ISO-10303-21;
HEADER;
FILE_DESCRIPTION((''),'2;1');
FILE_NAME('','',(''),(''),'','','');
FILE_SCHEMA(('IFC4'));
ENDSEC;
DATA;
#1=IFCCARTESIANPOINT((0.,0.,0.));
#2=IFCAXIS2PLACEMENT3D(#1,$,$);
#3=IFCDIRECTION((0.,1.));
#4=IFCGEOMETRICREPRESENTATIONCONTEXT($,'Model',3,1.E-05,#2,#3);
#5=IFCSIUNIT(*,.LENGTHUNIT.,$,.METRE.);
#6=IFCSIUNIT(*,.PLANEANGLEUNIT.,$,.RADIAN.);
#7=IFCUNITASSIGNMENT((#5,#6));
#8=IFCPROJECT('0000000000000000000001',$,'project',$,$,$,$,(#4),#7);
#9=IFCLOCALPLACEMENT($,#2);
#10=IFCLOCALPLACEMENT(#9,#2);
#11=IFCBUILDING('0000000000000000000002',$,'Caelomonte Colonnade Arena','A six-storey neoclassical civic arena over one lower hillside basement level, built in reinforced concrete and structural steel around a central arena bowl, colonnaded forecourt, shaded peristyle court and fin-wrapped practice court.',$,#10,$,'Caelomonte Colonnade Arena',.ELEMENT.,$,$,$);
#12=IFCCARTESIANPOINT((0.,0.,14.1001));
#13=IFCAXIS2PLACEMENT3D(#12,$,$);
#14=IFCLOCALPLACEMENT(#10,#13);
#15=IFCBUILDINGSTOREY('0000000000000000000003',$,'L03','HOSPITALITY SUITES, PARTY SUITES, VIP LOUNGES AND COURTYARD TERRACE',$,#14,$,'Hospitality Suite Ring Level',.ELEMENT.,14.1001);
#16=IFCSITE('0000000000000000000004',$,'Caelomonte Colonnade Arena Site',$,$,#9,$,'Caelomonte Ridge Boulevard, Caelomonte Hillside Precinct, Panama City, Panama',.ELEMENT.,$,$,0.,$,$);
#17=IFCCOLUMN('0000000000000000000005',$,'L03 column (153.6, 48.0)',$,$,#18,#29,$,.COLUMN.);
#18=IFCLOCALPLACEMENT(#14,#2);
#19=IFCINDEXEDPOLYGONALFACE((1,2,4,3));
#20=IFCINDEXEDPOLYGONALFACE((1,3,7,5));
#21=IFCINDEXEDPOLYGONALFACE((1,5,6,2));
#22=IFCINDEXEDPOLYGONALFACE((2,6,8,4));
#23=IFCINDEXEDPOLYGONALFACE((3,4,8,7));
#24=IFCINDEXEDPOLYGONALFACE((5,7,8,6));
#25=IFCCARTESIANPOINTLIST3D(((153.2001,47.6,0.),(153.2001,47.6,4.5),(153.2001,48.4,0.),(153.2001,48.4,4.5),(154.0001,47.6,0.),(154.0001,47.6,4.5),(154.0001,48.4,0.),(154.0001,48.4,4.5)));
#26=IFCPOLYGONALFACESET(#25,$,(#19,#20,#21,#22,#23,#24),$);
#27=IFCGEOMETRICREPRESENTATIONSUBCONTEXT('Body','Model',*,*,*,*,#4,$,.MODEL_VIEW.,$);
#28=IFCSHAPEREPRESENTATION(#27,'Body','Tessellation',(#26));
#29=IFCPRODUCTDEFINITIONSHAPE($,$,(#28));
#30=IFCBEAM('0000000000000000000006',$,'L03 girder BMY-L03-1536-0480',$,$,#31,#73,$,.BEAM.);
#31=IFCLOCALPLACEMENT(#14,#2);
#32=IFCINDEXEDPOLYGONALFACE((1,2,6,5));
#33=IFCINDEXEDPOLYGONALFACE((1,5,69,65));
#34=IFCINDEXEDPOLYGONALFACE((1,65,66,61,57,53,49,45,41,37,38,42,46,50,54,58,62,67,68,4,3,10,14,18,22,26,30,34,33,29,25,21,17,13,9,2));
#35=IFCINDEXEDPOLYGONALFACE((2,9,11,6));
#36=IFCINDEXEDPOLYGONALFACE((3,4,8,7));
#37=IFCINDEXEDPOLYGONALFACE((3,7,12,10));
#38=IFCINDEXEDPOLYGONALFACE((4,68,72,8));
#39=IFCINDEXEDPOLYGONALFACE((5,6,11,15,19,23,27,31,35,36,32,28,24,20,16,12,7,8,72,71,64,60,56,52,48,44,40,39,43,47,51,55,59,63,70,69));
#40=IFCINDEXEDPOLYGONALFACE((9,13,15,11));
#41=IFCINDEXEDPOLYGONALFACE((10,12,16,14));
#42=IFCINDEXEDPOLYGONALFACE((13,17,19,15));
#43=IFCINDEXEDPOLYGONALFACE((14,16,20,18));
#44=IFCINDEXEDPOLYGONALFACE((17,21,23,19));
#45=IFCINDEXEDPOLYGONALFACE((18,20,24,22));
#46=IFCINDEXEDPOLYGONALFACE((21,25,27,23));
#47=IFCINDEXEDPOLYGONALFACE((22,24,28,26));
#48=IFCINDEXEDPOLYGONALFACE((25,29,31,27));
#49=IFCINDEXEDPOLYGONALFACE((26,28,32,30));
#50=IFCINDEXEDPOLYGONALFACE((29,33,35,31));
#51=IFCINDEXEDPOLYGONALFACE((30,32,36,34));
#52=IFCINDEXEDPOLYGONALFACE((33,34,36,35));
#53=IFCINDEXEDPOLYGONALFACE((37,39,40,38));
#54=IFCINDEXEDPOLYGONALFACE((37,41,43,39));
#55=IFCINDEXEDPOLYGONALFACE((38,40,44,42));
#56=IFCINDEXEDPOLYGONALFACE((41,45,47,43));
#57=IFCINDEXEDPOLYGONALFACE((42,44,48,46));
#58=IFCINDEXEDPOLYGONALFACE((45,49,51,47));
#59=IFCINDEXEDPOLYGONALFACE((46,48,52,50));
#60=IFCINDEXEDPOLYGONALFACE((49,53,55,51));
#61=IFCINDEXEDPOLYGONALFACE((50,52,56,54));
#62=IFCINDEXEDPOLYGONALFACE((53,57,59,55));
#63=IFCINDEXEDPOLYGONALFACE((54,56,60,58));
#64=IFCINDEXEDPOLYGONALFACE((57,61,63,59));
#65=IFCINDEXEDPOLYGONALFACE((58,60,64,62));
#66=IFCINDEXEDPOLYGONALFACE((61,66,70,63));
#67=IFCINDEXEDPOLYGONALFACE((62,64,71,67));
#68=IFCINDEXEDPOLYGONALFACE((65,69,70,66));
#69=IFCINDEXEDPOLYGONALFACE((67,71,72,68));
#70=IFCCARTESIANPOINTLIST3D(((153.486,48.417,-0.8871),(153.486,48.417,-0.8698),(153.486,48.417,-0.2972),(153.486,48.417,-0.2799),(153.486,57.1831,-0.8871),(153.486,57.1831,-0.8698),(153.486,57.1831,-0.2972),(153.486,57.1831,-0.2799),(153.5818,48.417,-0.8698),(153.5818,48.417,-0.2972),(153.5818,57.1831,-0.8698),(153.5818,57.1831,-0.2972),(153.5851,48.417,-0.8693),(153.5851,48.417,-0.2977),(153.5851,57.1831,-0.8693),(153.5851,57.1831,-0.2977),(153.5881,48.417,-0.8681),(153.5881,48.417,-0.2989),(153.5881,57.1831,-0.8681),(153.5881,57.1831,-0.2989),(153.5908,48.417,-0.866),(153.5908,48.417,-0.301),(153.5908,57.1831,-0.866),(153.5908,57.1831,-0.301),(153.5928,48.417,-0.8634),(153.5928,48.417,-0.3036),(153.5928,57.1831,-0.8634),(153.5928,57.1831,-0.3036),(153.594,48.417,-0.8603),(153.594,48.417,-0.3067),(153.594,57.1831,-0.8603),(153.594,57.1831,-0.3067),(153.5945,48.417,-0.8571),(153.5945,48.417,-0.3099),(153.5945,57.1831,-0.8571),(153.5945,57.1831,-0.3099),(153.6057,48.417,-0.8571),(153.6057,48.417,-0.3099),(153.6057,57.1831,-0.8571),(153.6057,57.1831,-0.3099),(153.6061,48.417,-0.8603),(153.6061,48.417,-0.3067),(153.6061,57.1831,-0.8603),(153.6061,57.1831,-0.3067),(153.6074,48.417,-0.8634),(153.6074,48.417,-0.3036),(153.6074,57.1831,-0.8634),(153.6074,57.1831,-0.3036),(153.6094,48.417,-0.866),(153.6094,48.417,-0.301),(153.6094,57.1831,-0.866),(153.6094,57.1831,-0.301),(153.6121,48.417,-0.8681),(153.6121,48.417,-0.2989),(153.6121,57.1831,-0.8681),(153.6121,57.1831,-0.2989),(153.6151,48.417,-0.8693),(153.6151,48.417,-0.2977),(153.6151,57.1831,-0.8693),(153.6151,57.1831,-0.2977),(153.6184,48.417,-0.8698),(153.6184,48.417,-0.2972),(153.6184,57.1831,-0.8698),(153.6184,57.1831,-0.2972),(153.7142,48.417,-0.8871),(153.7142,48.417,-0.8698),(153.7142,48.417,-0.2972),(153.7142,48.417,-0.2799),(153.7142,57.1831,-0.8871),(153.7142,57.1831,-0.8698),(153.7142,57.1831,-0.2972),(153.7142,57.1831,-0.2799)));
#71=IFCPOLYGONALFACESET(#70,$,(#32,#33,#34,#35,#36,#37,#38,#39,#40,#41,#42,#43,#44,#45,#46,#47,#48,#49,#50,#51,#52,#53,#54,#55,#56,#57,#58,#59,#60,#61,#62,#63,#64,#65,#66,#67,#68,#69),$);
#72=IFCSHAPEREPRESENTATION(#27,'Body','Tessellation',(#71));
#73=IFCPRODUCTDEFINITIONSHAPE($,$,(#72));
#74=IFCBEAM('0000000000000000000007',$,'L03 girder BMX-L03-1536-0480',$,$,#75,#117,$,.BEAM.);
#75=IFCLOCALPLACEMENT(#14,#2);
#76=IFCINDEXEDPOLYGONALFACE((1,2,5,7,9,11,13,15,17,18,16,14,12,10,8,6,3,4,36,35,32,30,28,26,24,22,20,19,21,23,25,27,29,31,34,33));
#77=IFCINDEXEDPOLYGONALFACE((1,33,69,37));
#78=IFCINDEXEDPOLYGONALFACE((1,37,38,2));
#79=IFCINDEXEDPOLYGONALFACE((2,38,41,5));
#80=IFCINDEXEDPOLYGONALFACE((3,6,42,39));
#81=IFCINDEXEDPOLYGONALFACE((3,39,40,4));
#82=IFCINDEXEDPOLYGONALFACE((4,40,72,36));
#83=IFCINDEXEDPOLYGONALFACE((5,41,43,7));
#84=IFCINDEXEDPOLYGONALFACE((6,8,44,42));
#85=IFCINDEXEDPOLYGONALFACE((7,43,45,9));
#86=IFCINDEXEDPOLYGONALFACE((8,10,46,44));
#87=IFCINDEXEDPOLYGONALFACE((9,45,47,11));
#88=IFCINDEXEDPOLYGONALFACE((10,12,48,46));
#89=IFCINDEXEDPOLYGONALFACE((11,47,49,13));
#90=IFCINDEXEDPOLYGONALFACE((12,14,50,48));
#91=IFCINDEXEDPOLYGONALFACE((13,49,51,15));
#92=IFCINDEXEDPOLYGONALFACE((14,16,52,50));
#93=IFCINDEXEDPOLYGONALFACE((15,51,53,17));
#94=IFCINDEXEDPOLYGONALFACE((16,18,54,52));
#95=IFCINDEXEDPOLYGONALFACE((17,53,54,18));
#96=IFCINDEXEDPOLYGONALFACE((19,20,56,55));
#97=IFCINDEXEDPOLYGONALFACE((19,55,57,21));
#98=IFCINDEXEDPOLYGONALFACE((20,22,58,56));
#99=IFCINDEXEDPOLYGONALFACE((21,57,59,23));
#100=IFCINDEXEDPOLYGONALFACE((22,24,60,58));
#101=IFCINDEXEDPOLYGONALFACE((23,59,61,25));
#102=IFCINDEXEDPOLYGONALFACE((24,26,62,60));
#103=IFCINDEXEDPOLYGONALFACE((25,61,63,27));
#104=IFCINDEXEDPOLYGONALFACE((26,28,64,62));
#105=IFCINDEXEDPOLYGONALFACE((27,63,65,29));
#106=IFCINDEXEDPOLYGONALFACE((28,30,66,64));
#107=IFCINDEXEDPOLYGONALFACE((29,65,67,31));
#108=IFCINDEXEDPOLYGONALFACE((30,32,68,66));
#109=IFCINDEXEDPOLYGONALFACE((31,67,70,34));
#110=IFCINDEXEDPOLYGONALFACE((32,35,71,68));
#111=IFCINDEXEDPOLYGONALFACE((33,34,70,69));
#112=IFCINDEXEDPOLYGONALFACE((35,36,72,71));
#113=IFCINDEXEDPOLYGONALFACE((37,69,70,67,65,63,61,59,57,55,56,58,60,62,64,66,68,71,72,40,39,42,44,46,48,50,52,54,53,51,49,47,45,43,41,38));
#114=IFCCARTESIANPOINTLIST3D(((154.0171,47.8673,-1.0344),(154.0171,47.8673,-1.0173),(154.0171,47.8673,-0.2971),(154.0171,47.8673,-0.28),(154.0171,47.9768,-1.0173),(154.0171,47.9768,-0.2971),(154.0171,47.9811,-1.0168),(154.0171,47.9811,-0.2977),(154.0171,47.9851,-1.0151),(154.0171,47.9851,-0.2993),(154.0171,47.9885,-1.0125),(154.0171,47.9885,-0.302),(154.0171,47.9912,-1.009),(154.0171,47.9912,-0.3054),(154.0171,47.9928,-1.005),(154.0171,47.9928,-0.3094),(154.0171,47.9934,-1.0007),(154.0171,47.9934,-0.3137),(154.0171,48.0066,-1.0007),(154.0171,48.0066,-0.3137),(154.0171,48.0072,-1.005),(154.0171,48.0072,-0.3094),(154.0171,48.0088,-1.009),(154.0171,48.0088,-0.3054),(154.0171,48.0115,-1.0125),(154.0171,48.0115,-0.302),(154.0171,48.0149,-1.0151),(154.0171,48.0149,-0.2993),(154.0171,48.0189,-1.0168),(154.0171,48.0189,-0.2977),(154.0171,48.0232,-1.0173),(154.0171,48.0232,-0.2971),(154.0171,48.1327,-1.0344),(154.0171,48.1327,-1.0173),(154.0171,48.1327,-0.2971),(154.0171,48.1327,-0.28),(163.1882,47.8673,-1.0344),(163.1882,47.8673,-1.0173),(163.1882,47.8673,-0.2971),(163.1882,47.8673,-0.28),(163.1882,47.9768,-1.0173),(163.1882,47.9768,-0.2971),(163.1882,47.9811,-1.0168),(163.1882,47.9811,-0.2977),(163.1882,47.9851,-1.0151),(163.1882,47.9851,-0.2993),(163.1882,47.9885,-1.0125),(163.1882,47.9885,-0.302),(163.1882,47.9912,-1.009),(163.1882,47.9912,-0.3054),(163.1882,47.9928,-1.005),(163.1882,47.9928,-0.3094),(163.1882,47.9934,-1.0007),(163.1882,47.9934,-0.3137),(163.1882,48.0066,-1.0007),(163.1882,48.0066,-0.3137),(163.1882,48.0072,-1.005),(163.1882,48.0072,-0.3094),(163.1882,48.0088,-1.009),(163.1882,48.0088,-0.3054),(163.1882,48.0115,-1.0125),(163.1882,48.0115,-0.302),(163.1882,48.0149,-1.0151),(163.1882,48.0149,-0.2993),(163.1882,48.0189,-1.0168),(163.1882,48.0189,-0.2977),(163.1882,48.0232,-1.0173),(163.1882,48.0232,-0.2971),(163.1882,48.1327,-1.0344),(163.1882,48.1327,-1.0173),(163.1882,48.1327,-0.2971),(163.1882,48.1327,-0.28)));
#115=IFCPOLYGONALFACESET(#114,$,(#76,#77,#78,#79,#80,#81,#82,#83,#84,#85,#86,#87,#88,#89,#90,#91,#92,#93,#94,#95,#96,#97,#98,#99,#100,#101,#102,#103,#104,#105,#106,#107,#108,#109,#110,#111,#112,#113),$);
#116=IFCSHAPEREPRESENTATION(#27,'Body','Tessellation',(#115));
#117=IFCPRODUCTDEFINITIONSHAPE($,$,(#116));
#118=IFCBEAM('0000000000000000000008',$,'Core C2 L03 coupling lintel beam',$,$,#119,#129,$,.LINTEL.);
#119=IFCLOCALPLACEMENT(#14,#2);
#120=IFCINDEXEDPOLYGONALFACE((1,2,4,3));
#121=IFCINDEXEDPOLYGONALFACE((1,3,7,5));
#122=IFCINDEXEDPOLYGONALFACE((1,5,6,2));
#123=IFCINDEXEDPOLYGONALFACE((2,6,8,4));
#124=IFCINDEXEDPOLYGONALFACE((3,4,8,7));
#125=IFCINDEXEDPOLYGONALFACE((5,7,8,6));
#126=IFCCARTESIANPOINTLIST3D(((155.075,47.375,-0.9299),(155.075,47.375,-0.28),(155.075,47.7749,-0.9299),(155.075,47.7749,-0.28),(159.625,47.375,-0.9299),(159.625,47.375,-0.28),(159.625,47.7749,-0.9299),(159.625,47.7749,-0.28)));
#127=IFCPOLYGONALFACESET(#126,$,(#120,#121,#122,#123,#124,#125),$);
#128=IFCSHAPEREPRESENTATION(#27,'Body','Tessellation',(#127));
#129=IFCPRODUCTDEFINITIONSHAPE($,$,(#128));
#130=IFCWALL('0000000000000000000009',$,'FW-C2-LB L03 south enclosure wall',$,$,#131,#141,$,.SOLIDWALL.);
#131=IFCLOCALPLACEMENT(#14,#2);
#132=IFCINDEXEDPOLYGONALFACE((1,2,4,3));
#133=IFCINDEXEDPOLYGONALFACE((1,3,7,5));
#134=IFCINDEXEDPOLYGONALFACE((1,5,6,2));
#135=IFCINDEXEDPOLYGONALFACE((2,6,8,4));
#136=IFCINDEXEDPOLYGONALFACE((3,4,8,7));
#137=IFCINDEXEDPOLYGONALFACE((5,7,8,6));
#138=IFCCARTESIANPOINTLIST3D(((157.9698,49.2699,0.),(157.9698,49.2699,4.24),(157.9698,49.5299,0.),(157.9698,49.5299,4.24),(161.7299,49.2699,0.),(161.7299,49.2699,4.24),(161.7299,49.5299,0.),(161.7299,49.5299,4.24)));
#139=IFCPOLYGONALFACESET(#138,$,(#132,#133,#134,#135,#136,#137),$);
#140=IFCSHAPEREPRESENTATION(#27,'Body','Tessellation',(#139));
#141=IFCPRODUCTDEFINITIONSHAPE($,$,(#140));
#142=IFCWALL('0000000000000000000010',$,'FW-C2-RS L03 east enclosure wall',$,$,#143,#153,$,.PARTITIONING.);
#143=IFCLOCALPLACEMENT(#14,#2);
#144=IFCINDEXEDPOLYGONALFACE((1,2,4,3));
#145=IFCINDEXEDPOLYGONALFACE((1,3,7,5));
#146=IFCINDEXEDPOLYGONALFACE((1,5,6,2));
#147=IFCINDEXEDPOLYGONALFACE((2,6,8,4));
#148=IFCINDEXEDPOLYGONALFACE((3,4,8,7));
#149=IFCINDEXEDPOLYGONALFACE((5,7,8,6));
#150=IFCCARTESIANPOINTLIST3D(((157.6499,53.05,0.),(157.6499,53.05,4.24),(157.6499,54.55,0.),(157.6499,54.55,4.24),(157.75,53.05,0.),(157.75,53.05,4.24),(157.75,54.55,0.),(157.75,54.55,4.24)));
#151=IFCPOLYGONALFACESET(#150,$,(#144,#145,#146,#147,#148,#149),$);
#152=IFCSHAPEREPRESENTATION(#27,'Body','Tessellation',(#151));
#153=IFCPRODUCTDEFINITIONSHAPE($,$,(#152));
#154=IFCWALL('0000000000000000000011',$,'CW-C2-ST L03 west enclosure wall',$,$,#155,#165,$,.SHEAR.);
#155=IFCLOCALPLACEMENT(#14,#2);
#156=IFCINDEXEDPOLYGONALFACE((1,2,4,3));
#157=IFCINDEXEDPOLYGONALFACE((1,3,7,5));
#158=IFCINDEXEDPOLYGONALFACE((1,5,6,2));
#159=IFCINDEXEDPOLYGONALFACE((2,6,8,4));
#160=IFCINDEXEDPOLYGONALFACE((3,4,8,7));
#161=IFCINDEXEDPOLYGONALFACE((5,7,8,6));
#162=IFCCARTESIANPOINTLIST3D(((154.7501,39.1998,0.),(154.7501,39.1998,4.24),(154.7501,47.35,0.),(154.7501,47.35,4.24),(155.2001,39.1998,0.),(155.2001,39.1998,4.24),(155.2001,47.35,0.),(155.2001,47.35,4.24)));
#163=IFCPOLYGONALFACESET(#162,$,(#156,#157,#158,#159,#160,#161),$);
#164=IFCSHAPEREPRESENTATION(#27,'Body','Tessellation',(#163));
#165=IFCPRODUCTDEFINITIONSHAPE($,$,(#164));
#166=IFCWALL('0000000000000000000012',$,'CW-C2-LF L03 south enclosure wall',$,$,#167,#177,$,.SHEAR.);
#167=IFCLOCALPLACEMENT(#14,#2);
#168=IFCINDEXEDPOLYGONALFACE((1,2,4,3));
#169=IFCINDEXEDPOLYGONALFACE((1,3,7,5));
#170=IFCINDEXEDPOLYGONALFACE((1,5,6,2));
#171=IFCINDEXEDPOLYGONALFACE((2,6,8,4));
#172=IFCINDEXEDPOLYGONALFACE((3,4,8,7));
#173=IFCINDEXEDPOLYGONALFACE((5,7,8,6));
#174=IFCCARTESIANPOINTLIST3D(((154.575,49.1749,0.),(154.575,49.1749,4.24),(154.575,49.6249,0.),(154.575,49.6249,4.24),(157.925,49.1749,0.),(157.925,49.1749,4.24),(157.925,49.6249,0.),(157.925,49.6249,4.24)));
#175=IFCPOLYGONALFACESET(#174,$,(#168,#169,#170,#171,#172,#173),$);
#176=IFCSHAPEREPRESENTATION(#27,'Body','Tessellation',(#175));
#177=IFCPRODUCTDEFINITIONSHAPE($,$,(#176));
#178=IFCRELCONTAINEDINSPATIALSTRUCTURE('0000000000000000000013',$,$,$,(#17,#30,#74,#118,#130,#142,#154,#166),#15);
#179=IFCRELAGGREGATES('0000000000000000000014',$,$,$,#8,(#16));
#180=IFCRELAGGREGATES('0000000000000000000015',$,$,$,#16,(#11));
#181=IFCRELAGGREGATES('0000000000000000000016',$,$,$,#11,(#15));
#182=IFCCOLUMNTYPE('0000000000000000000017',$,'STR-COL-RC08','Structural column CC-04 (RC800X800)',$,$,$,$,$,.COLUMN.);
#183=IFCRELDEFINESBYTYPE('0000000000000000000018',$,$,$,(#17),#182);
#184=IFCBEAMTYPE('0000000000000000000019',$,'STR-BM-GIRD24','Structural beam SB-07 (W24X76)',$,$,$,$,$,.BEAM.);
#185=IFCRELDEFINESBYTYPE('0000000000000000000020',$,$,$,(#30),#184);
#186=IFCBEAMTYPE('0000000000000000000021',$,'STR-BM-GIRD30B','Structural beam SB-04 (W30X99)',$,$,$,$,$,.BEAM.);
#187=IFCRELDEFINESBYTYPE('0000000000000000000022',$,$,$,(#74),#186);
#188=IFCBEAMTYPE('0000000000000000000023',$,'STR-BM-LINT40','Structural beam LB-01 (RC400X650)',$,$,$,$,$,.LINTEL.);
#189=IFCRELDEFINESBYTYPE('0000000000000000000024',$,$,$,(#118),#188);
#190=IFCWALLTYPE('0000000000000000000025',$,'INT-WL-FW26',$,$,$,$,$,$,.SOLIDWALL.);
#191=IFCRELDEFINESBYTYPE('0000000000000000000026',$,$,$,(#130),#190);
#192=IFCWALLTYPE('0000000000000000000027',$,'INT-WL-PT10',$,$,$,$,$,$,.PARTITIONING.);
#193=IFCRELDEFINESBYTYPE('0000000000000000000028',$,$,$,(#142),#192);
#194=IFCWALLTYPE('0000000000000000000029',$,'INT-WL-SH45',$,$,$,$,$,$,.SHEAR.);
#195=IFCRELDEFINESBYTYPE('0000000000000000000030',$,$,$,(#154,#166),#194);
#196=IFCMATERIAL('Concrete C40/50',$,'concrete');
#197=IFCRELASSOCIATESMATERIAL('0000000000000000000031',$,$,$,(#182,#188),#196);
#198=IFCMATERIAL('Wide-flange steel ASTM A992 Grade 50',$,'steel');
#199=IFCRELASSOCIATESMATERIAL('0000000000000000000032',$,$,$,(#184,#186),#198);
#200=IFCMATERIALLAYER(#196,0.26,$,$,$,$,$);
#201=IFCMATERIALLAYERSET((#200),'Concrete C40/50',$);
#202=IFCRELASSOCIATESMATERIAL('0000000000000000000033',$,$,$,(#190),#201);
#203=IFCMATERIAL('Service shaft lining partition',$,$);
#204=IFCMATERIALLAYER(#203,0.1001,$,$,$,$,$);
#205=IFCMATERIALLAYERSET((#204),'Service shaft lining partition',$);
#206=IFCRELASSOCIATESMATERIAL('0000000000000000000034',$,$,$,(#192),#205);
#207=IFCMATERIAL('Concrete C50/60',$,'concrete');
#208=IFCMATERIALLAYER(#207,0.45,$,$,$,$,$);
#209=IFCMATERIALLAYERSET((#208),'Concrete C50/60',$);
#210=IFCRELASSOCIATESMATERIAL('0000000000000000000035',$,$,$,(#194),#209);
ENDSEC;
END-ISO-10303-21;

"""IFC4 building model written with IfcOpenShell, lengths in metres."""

from ifc_helpers import new_model, si_unit, direction, frame, frame_2d, origin, origin_2d, place, context, subcontext, project, spatial, rectangle, i_section, extrude, material, layer, layer_set, material_profile, profile_set, type_object, element, save


model = new_model("IFC4")

# Units and contexts
model_context = context("Model", 3, precision=1e-05, world=origin(), true_north=direction((0.0, 1.0)))
body_context = subcontext(model_context, "Body", "Model", "MODEL_VIEW")
ifc_project = project(units=[si_unit("LENGTHUNIT", "METRE"), si_unit("PLANEANGLEUNIT", "RADIAN")], contexts=[model_context])

# Site, building, storey
site_placement = place(None, origin())
site = spatial("IfcSite", under=ifc_project, at=site_placement, Name="Caelomonte Colonnade Arena Site", LongName="Caelomonte Ridge Boulevard, Caelomonte Hillside Precinct, Panama City, Panama", CompositionType="ELEMENT", RefElevation=0.0)
building_placement = place(site_placement, origin())
building = spatial("IfcBuilding", under=site, at=building_placement, Name="Caelomonte Colonnade Arena", Description="A six-storey neoclassical civic arena over one lower hillside basement level, built in reinforced concrete and structural steel around a central arena bowl, colonnaded forecourt, shaded peristyle court and fin-wrapped practice court.", LongName="Caelomonte Colonnade Arena", CompositionType="ELEMENT")
storey_placement = place(building_placement, frame((0.0, 0.0, 14.1001)))
storey = spatial("IfcBuildingStorey", under=building, at=storey_placement, Name="L03", Description="HOSPITALITY SUITES, PARTY SUITES, VIP LOUNGES AND COURTYARD TERRACE", LongName="Hospitality Suite Ring Level", CompositionType="ELEMENT", Elevation=14.1001)

# Column
ifc_material_1 = material(Name="Concrete C40/50", Category="concrete")
ifc_material_profile_1 = material_profile(ifc_material_1, rectangle(XDim=0.8, YDim=0.8, at=origin_2d()), Name="RC800X800")
ifc_profile_set_1 = profile_set([ifc_material_profile_1], Name="Concrete C40/50")
column_type = type_object("IfcColumnType", Name="STR-COL-RC08", Description="Structural column CC-04 (RC800X800)", PredefinedType="COLUMN", material=ifc_profile_set_1)
column_placement = place(storey_placement, frame((153.6001, 48.0, 0.0), z_axis=(0.0, 0.0, 1.0), x_axis=(1.0, 0.0, 0.0)))
element("IfcColumn", 1, at=column_placement, inside=storey, type_object=column_type, Name="L03 column (153.6, 48.0)", PredefinedType="COLUMN", context=body_context, shape_type="SweptSolid", body=[
    extrude(rectangle(XDim=0.8, YDim=0.8, at=origin_2d()), origin(), (0.0, 0.0, 1.0), 4.5),
])

# Beams
ifc_material_2 = material(Name="Wide-flange steel ASTM A992 Grade 50", Category="steel")
ifc_material_profile_2 = material_profile(ifc_material_2, i_section(OverallWidth=0.2283, OverallDepth=0.6072, WebThickness=0.0112, FlangeThickness=0.0173, FilletRadius=0.0127, at=origin_2d()), Name="W24X76")
ifc_profile_set_2 = profile_set([ifc_material_profile_2], Name="Wide-flange steel ASTM A992 Grade 50")
beam_type_1 = type_object("IfcBeamType", Name="STR-BM-GIRD24", Description="Structural beam SB-07 (W24X76)", PredefinedType="BEAM", material=ifc_profile_set_2)
beam_1_placement = place(storey_placement, frame((153.6001, 48.417, -0.5835), z_axis=(0.0, 1.0, 0.0), x_axis=(-1.0, 0.0, 0.0)))
element("IfcBeam", 2, at=beam_1_placement, inside=storey, type_object=beam_type_1, Name="L03 girder BMY-L03-1536-0480", PredefinedType="BEAM", context=body_context, shape_type="SweptSolid", body=[
    extrude(i_section(OverallWidth=0.2283, OverallDepth=0.6072, WebThickness=0.0112, FlangeThickness=0.0173, FilletRadius=0.0127, at=origin_2d()), origin(), (0.0, 0.0, 1.0), 8.7661),
])
ifc_material_profile_3 = material_profile(ifc_material_2, i_section(OverallWidth=0.2654, OverallDepth=0.7544, WebThickness=0.0132, FlangeThickness=0.0171, FilletRadius=0.0166, at=origin_2d()), Name="W30X99")
ifc_profile_set_3 = profile_set([ifc_material_profile_3], Name="Wide-flange steel ASTM A992 Grade 50")
beam_type_2 = type_object("IfcBeamType", Name="STR-BM-GIRD30B", Description="Structural beam SB-04 (W30X99)", PredefinedType="BEAM", material=ifc_profile_set_3)
beam_2_placement = place(storey_placement, frame((154.0171, 48.0, -0.6572), z_axis=(1.0, 0.0, 0.0), x_axis=(0.0, 1.0, 0.0)))
element("IfcBeam", 3, at=beam_2_placement, inside=storey, type_object=beam_type_2, Name="L03 girder BMX-L03-1536-0480", PredefinedType="BEAM", context=body_context, shape_type="SweptSolid", body=[
    extrude(i_section(OverallWidth=0.2654, OverallDepth=0.7544, WebThickness=0.0132, FlangeThickness=0.0171, FilletRadius=0.0166, at=origin_2d()), origin(), (0.0, 0.0, 1.0), 9.1711),
])
ifc_material_profile_4 = material_profile(ifc_material_1, rectangle(XDim=0.3999, YDim=0.6499, at=origin_2d()), Name="RC400X650")
ifc_profile_set_4 = profile_set([ifc_material_profile_4], Name="Concrete C40/50")
beam_type_3 = type_object("IfcBeamType", Name="STR-BM-LINT40", Description="Structural beam LB-01 (RC400X650)", PredefinedType="LINTEL", material=ifc_profile_set_4)
beam_3_placement = place(storey_placement, frame((155.075, 47.575, -0.605), z_axis=(1.0, 0.0, 0.0), x_axis=(0.0, 1.0, 0.0)))
element("IfcBeam", 4, at=beam_3_placement, inside=storey, type_object=beam_type_3, Name="Core C2 L03 coupling lintel beam", PredefinedType="LINTEL", context=body_context, shape_type="SweptSolid", body=[
    extrude(rectangle(XDim=0.3999, YDim=0.6499, at=origin_2d()), origin(), (0.0, 0.0, 1.0), 4.55),
])

# Walls
ifc_layer_1 = layer(ifc_material_1, 0.26)
ifc_layer_set_1 = layer_set([ifc_layer_1], Name="Concrete C40/50")
wall_type_1 = type_object("IfcWallType", Name="INT-WL-FW26", PredefinedType="SOLIDWALL", material=ifc_layer_set_1)
wall_1_placement = place(storey_placement, frame((157.97, 49.3999, 0.0), z_axis=(0.0, 0.0, 1.0), x_axis=(1.0, 0.0, 0.0)))
element("IfcWall", 5, at=wall_1_placement, inside=storey, type_object=wall_type_1, Name="FW-C2-LB L03 south enclosure wall", PredefinedType="SOLIDWALL", context=body_context, shape_type="SweptSolid", body=[
    extrude(rectangle(XDim=3.76, YDim=0.26, at=frame_2d((1.8799, 0.0))), origin(), (0.0, 0.0, 1.0), 4.24),
])
ifc_material_3 = material(Name="Service shaft lining partition")
ifc_layer_2 = layer(ifc_material_3, 0.1001)
ifc_layer_set_2 = layer_set([ifc_layer_2], Name="Service shaft lining partition")
wall_type_2 = type_object("IfcWallType", Name="INT-WL-PT10", PredefinedType="PARTITIONING", material=ifc_layer_set_2)
wall_2_placement = place(storey_placement, frame((157.7, 53.05, 0.0), z_axis=(0.0, 0.0, 1.0), x_axis=(0.0, 1.0, 0.0)))
element("IfcWall", 6, at=wall_2_placement, inside=storey, type_object=wall_type_2, Name="FW-C2-RS L03 east enclosure wall", PredefinedType="PARTITIONING", context=body_context, shape_type="SweptSolid", body=[
    extrude(rectangle(XDim=1.5, YDim=0.1001, at=frame_2d((0.75, 0.0))), origin(), (0.0, 0.0, 1.0), 4.24),
])
ifc_material_4 = material(Name="Concrete C50/60", Category="concrete")
ifc_layer_3 = layer(ifc_material_4, 0.45)
ifc_layer_set_3 = layer_set([ifc_layer_3], Name="Concrete C50/60")
wall_type_3 = type_object("IfcWallType", Name="INT-WL-SH45", PredefinedType="SHEAR", material=ifc_layer_set_3)
wall_3_placement = place(storey_placement, frame((154.9751, 47.3501, 0.0), z_axis=(0.0, 0.0, 1.0), x_axis=(0.0, -1.0, 0.0)))
element("IfcWall", 7, at=wall_3_placement, inside=storey, type_object=wall_type_3, Name="CW-C2-ST L03 west enclosure wall", PredefinedType="SHEAR", context=body_context, shape_type="SweptSolid", body=[
    extrude(rectangle(XDim=8.1501, YDim=0.45, at=frame_2d((4.0752, 0.0))), origin(), (0.0, 0.0, 1.0), 4.24),
])
for number, where, z_axis, x_axis, name in (
    (8, (154.575, 49.3999, 0.0), (0.0, 0.0, 1.0), (1.0, 0.0, 0.0), "CW-C2-LF L03 south enclosure wall"),
):
    element("IfcWall", number, at=place(storey_placement, frame(where, z_axis=z_axis, x_axis=x_axis)), inside=storey, type_object=wall_type_3, Name=name, PredefinedType="SHEAR", context=body_context, shape_type="SweptSolid", body=[
        extrude(rectangle(XDim=3.3501, YDim=0.45, at=frame_2d((1.675, 0.0))), origin(), (0.0, 0.0, 1.0), 4.24),
    ])

save(model, "model.ifc")
